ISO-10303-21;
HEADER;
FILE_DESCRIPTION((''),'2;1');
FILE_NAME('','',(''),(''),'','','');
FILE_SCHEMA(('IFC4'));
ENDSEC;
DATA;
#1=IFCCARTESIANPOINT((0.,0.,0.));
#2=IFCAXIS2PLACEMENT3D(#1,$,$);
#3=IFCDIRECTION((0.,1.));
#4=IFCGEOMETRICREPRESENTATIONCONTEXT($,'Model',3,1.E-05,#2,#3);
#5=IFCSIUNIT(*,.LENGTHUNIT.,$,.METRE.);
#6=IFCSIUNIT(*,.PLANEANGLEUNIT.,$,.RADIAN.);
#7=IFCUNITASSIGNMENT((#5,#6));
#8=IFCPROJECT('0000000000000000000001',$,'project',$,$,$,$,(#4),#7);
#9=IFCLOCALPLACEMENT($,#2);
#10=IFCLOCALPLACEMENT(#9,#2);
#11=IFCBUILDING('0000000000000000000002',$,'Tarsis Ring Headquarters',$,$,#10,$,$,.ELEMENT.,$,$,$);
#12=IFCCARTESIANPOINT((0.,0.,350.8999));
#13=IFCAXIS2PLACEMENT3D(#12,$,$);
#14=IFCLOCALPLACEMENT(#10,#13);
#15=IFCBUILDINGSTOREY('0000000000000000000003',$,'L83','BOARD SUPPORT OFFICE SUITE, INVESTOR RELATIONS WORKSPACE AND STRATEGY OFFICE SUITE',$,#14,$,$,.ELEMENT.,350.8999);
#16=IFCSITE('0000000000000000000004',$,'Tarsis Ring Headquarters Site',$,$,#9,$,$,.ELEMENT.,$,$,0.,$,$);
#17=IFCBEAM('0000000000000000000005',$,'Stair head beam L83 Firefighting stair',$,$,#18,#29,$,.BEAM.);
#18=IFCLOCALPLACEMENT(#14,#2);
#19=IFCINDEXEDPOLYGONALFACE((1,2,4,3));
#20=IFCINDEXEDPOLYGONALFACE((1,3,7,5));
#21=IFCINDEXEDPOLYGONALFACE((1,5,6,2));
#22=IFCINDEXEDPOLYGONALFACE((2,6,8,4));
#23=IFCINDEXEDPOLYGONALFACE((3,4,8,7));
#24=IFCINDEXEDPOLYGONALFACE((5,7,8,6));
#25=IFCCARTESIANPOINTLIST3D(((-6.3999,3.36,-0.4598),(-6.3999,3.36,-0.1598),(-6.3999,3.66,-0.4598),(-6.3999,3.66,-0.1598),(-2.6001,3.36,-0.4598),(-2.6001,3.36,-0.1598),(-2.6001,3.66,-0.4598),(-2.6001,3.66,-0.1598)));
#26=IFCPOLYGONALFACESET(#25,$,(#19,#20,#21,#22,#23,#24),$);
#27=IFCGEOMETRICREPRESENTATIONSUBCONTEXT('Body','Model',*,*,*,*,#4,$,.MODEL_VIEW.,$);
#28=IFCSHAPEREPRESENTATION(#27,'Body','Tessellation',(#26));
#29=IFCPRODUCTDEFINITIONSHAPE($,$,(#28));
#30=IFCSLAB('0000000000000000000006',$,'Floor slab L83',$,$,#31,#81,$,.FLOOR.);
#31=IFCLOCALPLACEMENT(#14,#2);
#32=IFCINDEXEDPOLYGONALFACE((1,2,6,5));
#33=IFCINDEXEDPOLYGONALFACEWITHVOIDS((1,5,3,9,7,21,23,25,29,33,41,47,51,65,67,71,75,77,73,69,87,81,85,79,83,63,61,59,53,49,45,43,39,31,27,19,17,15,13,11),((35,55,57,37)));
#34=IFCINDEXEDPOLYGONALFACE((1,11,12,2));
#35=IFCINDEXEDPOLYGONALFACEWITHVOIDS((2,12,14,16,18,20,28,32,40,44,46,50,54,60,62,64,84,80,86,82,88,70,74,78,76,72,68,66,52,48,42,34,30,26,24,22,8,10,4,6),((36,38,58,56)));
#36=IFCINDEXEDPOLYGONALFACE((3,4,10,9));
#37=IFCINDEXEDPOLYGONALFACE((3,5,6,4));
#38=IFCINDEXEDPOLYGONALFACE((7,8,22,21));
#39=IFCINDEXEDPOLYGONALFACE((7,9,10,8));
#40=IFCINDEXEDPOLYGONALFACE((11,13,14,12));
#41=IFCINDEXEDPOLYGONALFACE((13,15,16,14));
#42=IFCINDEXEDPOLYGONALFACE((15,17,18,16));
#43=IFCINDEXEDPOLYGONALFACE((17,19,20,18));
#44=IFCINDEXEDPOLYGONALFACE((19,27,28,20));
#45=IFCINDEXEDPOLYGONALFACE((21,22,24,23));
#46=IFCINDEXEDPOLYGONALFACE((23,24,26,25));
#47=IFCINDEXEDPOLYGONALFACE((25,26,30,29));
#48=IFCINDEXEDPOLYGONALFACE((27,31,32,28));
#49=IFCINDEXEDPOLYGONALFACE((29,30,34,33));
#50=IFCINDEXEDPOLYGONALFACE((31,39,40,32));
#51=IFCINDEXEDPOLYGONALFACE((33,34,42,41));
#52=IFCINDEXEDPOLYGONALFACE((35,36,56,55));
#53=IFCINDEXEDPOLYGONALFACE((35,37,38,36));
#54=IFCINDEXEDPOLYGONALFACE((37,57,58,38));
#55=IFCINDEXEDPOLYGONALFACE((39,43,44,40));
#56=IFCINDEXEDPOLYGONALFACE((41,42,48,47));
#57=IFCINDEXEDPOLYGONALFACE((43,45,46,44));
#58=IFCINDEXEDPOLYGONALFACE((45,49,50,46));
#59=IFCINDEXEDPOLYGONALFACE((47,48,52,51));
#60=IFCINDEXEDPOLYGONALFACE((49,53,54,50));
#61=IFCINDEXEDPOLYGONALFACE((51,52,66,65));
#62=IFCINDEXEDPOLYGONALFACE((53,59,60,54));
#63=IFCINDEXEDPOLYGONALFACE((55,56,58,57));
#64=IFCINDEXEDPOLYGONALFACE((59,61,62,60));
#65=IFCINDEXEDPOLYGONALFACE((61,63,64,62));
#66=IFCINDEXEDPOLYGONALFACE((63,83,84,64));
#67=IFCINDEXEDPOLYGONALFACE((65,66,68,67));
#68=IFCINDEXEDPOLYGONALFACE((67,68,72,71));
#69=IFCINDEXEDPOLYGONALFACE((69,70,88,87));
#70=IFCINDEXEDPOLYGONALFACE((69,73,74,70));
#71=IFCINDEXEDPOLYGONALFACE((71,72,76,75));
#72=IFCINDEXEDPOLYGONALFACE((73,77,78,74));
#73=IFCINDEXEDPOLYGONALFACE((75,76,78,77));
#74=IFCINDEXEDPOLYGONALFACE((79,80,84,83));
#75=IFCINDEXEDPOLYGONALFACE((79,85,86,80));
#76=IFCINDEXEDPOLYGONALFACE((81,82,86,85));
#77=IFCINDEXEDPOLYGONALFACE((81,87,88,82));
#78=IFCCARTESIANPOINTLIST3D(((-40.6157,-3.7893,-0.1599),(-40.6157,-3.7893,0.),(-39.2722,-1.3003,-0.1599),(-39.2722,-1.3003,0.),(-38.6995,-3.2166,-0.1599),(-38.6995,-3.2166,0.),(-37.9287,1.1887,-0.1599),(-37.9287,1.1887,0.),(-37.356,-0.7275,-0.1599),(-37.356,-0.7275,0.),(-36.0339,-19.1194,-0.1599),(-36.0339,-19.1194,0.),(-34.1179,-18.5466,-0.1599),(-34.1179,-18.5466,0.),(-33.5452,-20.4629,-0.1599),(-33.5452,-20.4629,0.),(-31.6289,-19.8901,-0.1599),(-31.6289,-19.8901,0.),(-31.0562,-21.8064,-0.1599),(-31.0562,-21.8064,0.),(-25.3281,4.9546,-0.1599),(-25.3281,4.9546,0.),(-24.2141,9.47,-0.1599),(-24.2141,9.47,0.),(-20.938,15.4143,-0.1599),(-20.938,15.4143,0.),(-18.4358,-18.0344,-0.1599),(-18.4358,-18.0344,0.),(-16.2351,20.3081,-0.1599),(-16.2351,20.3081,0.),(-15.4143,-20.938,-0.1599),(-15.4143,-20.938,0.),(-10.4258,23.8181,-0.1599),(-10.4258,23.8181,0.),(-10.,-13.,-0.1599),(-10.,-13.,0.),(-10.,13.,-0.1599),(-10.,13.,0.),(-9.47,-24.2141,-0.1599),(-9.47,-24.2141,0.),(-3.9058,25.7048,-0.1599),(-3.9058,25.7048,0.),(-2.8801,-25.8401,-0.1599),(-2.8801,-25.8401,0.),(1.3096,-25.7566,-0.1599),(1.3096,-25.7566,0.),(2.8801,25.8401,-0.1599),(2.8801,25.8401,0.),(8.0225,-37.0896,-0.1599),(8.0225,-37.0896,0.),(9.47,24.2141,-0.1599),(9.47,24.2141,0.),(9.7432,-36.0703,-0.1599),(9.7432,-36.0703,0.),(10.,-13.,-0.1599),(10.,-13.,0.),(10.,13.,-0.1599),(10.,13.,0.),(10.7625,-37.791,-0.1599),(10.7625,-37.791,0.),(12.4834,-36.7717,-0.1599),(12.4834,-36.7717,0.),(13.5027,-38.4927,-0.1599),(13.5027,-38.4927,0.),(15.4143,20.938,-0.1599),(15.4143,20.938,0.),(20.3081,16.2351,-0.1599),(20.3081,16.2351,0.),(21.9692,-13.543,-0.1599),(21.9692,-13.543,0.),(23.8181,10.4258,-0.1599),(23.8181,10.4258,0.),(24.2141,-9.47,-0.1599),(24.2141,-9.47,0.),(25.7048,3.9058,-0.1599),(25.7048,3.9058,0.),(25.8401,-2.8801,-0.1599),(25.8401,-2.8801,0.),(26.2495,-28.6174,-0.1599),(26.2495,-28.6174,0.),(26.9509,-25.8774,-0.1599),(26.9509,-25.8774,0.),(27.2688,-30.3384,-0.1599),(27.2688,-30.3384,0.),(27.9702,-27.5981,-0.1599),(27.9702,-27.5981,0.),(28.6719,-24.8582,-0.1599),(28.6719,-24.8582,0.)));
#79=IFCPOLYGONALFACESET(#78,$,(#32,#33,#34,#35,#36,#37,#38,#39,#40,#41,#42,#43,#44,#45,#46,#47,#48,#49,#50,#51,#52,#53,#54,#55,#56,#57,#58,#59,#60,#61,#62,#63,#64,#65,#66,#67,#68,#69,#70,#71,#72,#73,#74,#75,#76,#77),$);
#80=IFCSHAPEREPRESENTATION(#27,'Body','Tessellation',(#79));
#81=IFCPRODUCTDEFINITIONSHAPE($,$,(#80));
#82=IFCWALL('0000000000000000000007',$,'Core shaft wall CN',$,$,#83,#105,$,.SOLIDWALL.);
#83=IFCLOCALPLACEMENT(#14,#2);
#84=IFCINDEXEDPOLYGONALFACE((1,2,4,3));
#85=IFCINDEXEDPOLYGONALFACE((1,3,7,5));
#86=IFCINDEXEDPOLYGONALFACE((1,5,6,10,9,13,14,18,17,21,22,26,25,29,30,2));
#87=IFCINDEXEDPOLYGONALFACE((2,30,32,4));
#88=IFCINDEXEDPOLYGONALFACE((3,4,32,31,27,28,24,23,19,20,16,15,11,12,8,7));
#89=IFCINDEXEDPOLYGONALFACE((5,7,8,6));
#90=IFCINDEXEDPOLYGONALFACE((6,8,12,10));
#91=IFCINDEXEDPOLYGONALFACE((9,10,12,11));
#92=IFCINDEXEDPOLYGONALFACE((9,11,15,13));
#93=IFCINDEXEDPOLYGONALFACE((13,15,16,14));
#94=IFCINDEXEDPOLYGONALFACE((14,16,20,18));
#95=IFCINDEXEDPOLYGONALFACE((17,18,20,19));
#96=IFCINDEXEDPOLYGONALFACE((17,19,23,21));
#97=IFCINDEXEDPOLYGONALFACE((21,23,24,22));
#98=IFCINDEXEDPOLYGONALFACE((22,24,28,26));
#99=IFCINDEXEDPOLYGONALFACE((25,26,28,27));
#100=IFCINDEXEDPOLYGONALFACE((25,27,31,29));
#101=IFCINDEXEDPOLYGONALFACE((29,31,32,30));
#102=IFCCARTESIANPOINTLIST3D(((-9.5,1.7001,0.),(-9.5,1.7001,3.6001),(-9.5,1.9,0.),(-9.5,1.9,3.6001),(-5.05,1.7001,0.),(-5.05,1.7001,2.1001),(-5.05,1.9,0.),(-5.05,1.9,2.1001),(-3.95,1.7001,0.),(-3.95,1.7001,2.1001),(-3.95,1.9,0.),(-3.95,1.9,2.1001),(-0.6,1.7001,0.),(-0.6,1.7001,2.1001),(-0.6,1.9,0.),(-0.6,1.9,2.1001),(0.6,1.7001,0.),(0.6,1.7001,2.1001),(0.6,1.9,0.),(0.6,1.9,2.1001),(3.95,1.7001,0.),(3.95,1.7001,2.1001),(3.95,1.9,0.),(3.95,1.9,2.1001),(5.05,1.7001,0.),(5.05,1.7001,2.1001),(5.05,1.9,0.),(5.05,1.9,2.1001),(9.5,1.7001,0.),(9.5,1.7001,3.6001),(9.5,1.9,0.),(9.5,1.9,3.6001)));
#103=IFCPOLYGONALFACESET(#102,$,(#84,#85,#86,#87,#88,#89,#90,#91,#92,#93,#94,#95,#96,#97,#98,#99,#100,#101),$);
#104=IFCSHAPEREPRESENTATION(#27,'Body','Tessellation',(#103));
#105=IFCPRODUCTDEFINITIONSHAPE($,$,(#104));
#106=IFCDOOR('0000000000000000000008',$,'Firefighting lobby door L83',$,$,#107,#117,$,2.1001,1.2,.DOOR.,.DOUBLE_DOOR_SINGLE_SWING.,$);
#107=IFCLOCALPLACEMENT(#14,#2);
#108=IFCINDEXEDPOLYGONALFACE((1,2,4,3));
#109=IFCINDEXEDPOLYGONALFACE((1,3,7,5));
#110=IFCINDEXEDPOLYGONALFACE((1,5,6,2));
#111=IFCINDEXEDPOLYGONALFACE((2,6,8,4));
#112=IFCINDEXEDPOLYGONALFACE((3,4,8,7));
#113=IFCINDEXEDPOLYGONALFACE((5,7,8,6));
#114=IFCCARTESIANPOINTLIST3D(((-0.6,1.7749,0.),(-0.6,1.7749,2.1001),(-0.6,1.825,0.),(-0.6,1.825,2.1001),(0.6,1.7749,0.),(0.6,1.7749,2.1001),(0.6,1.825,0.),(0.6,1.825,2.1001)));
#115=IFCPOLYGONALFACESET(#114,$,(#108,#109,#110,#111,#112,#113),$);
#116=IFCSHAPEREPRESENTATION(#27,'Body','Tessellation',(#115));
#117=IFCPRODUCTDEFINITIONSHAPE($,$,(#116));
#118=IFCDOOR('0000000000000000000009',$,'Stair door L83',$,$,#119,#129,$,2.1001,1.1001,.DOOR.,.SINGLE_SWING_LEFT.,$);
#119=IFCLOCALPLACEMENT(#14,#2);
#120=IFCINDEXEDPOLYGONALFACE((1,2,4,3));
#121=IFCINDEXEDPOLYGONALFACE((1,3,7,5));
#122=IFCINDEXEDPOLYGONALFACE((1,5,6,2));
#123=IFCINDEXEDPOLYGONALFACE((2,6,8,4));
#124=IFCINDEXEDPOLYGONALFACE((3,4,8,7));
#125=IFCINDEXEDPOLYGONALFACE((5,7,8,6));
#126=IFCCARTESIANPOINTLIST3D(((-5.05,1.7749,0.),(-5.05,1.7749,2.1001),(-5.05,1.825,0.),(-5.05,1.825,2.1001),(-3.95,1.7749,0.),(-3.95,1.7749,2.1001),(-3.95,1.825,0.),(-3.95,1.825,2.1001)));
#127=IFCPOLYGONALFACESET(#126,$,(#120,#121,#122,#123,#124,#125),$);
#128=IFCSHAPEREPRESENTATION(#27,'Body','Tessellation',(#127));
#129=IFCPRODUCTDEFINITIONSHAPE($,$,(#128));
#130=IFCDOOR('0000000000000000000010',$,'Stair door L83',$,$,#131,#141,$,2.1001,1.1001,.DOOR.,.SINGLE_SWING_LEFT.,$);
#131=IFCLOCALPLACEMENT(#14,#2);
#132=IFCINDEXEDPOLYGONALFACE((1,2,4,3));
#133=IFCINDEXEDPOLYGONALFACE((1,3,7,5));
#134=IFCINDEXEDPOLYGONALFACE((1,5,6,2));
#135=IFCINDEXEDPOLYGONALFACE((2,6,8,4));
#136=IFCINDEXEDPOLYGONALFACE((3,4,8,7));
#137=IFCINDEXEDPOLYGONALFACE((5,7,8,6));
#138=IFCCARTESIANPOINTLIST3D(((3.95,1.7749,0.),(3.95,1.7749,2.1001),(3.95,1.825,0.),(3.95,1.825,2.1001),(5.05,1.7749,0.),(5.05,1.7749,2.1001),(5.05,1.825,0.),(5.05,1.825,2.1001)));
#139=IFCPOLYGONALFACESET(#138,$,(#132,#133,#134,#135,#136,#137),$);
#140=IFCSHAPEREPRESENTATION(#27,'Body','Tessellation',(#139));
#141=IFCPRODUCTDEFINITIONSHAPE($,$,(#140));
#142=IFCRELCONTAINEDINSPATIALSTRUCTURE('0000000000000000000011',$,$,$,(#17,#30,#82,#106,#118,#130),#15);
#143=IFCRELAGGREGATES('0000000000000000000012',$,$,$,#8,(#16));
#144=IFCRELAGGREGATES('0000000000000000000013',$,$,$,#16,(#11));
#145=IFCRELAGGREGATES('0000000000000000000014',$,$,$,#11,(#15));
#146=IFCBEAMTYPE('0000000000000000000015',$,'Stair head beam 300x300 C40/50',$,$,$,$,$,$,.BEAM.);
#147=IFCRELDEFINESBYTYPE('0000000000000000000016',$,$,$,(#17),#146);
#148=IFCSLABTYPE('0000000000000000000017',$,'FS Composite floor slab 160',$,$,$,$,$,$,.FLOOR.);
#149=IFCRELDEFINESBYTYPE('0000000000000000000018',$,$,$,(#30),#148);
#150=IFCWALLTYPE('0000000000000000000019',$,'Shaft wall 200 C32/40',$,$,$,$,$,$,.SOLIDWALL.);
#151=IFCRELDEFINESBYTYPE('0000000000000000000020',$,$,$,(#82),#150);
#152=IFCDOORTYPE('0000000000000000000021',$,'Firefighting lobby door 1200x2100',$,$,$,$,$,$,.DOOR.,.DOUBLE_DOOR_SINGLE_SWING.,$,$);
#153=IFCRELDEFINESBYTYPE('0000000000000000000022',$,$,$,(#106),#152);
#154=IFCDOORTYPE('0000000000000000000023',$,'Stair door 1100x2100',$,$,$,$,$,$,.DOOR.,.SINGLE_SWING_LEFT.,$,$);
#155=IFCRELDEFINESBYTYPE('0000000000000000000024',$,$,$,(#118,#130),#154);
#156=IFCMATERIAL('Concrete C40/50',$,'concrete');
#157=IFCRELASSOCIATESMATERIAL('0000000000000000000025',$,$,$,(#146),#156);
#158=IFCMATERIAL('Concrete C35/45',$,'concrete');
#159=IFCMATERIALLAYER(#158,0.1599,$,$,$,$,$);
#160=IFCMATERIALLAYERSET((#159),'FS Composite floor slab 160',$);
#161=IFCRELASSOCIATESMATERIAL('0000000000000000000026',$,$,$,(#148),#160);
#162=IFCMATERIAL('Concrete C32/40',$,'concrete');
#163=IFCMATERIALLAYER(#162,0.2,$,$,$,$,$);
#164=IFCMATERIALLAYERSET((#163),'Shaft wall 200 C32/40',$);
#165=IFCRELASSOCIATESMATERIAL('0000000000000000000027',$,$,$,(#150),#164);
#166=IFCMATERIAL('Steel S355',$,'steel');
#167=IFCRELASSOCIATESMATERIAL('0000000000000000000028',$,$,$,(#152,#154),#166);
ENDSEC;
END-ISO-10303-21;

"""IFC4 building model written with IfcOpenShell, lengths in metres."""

from ifc_helpers import new_model, si_unit, direction, frame, frame_2d, origin, origin_2d, place, context, subcontext, project, spatial, polyline, rectangle, outline, extrude, material, layer, layer_set, material_profile, profile_set, type_object, element, fill, save


model = new_model("IFC4")

# Units and contexts
model_context = context("Model", 3, precision=1e-05, world=origin(), true_north=direction((0.0, 1.0)))
body_context = subcontext(model_context, "Body", "Model", "MODEL_VIEW")
ifc_project = project(units=[si_unit("LENGTHUNIT", "METRE"), si_unit("PLANEANGLEUNIT", "RADIAN")], contexts=[model_context])

# Site, building, storey
site_placement = place(None, origin())
site = spatial("IfcSite", under=ifc_project, at=site_placement, Name="Tarsis Ring Headquarters Site", CompositionType="ELEMENT", RefElevation=0.0)
building_placement = place(site_placement, origin())
building = spatial("IfcBuilding", under=site, at=building_placement, Name="Tarsis Ring Headquarters", CompositionType="ELEMENT")
storey_placement = place(building_placement, frame((0.0, 0.0, 350.8999)))
storey = spatial("IfcBuildingStorey", under=building, at=storey_placement, Name="L83", Description="BOARD SUPPORT OFFICE SUITE, INVESTOR RELATIONS WORKSPACE AND STRATEGY OFFICE SUITE", CompositionType="ELEMENT", Elevation=350.8999)

# Beam
ifc_material_1 = material(Name="Concrete C40/50", Category="concrete")
ifc_material_profile = material_profile(ifc_material_1, rectangle(XDim=0.3, YDim=0.3, at=origin_2d()), Name="Stair head beam 300x300 C40/50")
ifc_profile_set = profile_set([ifc_material_profile], Name="Concrete C40/50")
beam_type = type_object("IfcBeamType", Name="Stair head beam 300x300 C40/50", PredefinedType="BEAM", material=ifc_profile_set)
beam_placement = place(storey_placement, frame((-6.3999, 3.51, -0.3098), z_axis=(1.0, 0.0, 0.0), x_axis=(0.0, 1.0, 0.0)))
element("IfcBeam", 1, at=beam_placement, inside=storey, type_object=beam_type, Name="Stair head beam L83 Firefighting stair", PredefinedType="BEAM", context=body_context, shape_type="SweptSolid", body=[
    extrude(rectangle(XDim=0.3, YDim=0.3, at=origin_2d()), origin(), (0.0, 0.0, 1.0), 3.7998),
])

# Slab
ifc_material_2 = material(Name="Concrete C35/45", Category="concrete")
ifc_layer_1 = layer(ifc_material_2, 0.1599)
ifc_layer_set_1 = layer_set([ifc_layer_1], Name="FS Composite floor slab 160")
slab_type = type_object("IfcSlabType", Name="FS Composite floor slab 160", PredefinedType="FLOOR", material=ifc_layer_set_1)
slab_placement = place(storey_placement, frame((0.0, 0.0, -0.1599)))
element("IfcSlab", 2, at=slab_placement, inside=storey, type_object=slab_type, Name="Floor slab L83", PredefinedType="FLOOR", context=body_context, shape_type="SweptSolid", body=[
    extrude(outline(polyline([(-18.4358, -18.0344), (-15.4143, -20.938), (-9.47, -24.2141), (-2.8801, -25.8401), (1.3096, -25.7566), (8.0225, -37.0896), (9.7432, -36.0703), (10.7625, -37.791), (12.4834, -36.7717), (13.5027, -38.4927), (27.2688, -30.3384), (26.2495, -28.6174), (27.9702, -27.5981), (26.9509, -25.8774), (28.6719, -24.8582), (21.9692, -13.543), (24.2141, -9.47), (25.8401, -2.8801), (25.7048, 3.9058), (23.8181, 10.4258), (20.3081, 16.2351), (15.4143, 20.938), (9.47, 24.2141), (2.8801, 25.8401), (-3.9058, 25.7048), (-10.4258, 23.8181), (-16.2351, 20.3081), (-20.938, 15.4143), (-24.2141, 9.47), (-25.3281, 4.9546), (-37.9287, 1.1887), (-37.356, -0.7275), (-39.2722, -1.3003), (-38.6995, -3.2166), (-40.6157, -3.7893), (-36.0339, -19.1194), (-34.1179, -18.5466), (-33.5452, -20.4629), (-31.6289, -19.8901), (-31.0562, -21.8064), (-18.4358, -18.0344)]), holes=[polyline([(-10.0, -13.0), (-10.0, 13.0), (10.0, 13.0), (10.0, -13.0), (-10.0, -13.0)])]), origin(), (0.0, 0.0, 1.0), 0.1599),
])

# Wall, openings, doors
ifc_material_3 = material(Name="Concrete C32/40", Category="concrete")
ifc_layer_2 = layer(ifc_material_3, 0.2)
ifc_layer_set_2 = layer_set([ifc_layer_2], Name="Shaft wall 200 C32/40")
wall_type = type_object("IfcWallType", Name="Shaft wall 200 C32/40", PredefinedType="SOLIDWALL", material=ifc_layer_set_2)
wall_1_placement = place(storey_placement, frame((-9.5, 1.8, 0.0), z_axis=(0.0, 0.0, 1.0), x_axis=(1.0, 0.0, 0.0)))
wall_1 = element("IfcWall", 3, at=wall_1_placement, inside=storey, type_object=wall_type, Name="Core shaft wall CN", PredefinedType="SOLIDWALL", context=body_context, shape_type="SweptSolid", body=[
    extrude(rectangle(XDim=19.0, YDim=0.2, at=frame_2d((9.5, 0.0))), origin(), (0.0, 0.0, 1.0), 3.6001),
])
opening_1_placement = place(wall_1_placement, frame((4.45, 0.0, 0.0)))
opening_1 = element("IfcOpeningElement", 4, at=opening_1_placement, cuts=wall_1, PredefinedType="OPENING", context=body_context, shape_type="SweptSolid", body=[
    extrude(rectangle(XDim=1.1001, YDim=2.1001, at=frame_2d((0.55, 1.05))), frame((0.0, 0.1099, 0.0), z_axis=(0.0, -1.0, 0.0), x_axis=(1.0, 0.0, 0.0)), (0.0, 0.0, 1.0), 0.22),
])
opening_2_placement = place(wall_1_placement, frame((8.8999, 0.0, 0.0)))
opening_2 = element("IfcOpeningElement", 5, at=opening_2_placement, cuts=wall_1, PredefinedType="OPENING", context=body_context, shape_type="SweptSolid", body=[
    extrude(rectangle(XDim=1.2, YDim=2.1001, at=frame_2d((0.6001, 1.05))), frame((0.0, 0.1099, 0.0), z_axis=(0.0, -1.0, 0.0), x_axis=(1.0, 0.0, 0.0)), (0.0, 0.0, 1.0), 0.22),
])
opening_3_placement = place(wall_1_placement, frame((13.45, 0.0, 0.0)))
opening_3 = element("IfcOpeningElement", 6, at=opening_3_placement, cuts=wall_1, PredefinedType="OPENING", context=body_context, shape_type="SweptSolid", body=[
    extrude(rectangle(XDim=1.1001, YDim=2.1001, at=frame_2d((0.55, 1.05))), frame((0.0, 0.1099, 0.0), z_axis=(0.0, -1.0, 0.0), x_axis=(1.0, 0.0, 0.0)), (0.0, 0.0, 1.0), 0.22),
])
ifc_material_4 = material(Name="Steel S355", Category="steel")
door_type_1 = type_object("IfcDoorType", Name="Firefighting lobby door 1200x2100", OperationType="DOUBLE_DOOR_SINGLE_SWING", PredefinedType="DOOR", material=ifc_material_4)
door_1_placement = place(opening_2_placement, origin())
door_1 = element("IfcDoor", 7, at=door_1_placement, inside=storey, type_object=door_type_1, Name="Firefighting lobby door L83", OperationType="DOUBLE_DOOR_SINGLE_SWING", OverallHeight=2.1001, OverallWidth=1.2, PredefinedType="DOOR", context=body_context, shape_type="SweptSolid", body=[
    extrude(rectangle(XDim=1.2, YDim=2.1001, at=frame_2d((0.6001, 1.05))), frame((0.0, 0.0249, 0.0), z_axis=(0.0, -1.0, 0.0), x_axis=(1.0, 0.0, 0.0)), (0.0, 0.0, 1.0), 0.05),
])
fill(opening_2, door_1)
door_type_2 = type_object("IfcDoorType", Name="Stair door 1100x2100", OperationType="SINGLE_SWING_LEFT", PredefinedType="DOOR", material=ifc_material_4)
door_2_placement = place(opening_1_placement, origin())
door_2 = element("IfcDoor", 8, at=door_2_placement, inside=storey, type_object=door_type_2, Name="Stair door L83", OperationType="SINGLE_SWING_LEFT", OverallHeight=2.1001, OverallWidth=1.1001, PredefinedType="DOOR", context=body_context, shape_type="SweptSolid", body=[
    extrude(rectangle(XDim=1.1001, YDim=2.1001, at=frame_2d((0.55, 1.05))), frame((0.0, 0.0249, 0.0), z_axis=(0.0, -1.0, 0.0), x_axis=(1.0, 0.0, 0.0)), (0.0, 0.0, 1.0), 0.05),
])
fill(opening_1, door_2)
door_3_placement = place(opening_3_placement, origin())
door_3 = element("IfcDoor", 9, at=door_3_placement, inside=storey, type_object=door_type_2, Name="Stair door L83", OperationType="SINGLE_SWING_LEFT", OverallHeight=2.1001, OverallWidth=1.1001, PredefinedType="DOOR", context=body_context, shape_type="SweptSolid", body=[
    extrude(rectangle(XDim=1.1001, YDim=2.1001, at=frame_2d((0.55, 1.05))), frame((0.0, 0.0249, 0.0), z_axis=(0.0, -1.0, 0.0), x_axis=(1.0, 0.0, 0.0)), (0.0, 0.0, 1.0), 0.05),
])
fill(opening_3, door_3)

save(model, "model.ifc")
